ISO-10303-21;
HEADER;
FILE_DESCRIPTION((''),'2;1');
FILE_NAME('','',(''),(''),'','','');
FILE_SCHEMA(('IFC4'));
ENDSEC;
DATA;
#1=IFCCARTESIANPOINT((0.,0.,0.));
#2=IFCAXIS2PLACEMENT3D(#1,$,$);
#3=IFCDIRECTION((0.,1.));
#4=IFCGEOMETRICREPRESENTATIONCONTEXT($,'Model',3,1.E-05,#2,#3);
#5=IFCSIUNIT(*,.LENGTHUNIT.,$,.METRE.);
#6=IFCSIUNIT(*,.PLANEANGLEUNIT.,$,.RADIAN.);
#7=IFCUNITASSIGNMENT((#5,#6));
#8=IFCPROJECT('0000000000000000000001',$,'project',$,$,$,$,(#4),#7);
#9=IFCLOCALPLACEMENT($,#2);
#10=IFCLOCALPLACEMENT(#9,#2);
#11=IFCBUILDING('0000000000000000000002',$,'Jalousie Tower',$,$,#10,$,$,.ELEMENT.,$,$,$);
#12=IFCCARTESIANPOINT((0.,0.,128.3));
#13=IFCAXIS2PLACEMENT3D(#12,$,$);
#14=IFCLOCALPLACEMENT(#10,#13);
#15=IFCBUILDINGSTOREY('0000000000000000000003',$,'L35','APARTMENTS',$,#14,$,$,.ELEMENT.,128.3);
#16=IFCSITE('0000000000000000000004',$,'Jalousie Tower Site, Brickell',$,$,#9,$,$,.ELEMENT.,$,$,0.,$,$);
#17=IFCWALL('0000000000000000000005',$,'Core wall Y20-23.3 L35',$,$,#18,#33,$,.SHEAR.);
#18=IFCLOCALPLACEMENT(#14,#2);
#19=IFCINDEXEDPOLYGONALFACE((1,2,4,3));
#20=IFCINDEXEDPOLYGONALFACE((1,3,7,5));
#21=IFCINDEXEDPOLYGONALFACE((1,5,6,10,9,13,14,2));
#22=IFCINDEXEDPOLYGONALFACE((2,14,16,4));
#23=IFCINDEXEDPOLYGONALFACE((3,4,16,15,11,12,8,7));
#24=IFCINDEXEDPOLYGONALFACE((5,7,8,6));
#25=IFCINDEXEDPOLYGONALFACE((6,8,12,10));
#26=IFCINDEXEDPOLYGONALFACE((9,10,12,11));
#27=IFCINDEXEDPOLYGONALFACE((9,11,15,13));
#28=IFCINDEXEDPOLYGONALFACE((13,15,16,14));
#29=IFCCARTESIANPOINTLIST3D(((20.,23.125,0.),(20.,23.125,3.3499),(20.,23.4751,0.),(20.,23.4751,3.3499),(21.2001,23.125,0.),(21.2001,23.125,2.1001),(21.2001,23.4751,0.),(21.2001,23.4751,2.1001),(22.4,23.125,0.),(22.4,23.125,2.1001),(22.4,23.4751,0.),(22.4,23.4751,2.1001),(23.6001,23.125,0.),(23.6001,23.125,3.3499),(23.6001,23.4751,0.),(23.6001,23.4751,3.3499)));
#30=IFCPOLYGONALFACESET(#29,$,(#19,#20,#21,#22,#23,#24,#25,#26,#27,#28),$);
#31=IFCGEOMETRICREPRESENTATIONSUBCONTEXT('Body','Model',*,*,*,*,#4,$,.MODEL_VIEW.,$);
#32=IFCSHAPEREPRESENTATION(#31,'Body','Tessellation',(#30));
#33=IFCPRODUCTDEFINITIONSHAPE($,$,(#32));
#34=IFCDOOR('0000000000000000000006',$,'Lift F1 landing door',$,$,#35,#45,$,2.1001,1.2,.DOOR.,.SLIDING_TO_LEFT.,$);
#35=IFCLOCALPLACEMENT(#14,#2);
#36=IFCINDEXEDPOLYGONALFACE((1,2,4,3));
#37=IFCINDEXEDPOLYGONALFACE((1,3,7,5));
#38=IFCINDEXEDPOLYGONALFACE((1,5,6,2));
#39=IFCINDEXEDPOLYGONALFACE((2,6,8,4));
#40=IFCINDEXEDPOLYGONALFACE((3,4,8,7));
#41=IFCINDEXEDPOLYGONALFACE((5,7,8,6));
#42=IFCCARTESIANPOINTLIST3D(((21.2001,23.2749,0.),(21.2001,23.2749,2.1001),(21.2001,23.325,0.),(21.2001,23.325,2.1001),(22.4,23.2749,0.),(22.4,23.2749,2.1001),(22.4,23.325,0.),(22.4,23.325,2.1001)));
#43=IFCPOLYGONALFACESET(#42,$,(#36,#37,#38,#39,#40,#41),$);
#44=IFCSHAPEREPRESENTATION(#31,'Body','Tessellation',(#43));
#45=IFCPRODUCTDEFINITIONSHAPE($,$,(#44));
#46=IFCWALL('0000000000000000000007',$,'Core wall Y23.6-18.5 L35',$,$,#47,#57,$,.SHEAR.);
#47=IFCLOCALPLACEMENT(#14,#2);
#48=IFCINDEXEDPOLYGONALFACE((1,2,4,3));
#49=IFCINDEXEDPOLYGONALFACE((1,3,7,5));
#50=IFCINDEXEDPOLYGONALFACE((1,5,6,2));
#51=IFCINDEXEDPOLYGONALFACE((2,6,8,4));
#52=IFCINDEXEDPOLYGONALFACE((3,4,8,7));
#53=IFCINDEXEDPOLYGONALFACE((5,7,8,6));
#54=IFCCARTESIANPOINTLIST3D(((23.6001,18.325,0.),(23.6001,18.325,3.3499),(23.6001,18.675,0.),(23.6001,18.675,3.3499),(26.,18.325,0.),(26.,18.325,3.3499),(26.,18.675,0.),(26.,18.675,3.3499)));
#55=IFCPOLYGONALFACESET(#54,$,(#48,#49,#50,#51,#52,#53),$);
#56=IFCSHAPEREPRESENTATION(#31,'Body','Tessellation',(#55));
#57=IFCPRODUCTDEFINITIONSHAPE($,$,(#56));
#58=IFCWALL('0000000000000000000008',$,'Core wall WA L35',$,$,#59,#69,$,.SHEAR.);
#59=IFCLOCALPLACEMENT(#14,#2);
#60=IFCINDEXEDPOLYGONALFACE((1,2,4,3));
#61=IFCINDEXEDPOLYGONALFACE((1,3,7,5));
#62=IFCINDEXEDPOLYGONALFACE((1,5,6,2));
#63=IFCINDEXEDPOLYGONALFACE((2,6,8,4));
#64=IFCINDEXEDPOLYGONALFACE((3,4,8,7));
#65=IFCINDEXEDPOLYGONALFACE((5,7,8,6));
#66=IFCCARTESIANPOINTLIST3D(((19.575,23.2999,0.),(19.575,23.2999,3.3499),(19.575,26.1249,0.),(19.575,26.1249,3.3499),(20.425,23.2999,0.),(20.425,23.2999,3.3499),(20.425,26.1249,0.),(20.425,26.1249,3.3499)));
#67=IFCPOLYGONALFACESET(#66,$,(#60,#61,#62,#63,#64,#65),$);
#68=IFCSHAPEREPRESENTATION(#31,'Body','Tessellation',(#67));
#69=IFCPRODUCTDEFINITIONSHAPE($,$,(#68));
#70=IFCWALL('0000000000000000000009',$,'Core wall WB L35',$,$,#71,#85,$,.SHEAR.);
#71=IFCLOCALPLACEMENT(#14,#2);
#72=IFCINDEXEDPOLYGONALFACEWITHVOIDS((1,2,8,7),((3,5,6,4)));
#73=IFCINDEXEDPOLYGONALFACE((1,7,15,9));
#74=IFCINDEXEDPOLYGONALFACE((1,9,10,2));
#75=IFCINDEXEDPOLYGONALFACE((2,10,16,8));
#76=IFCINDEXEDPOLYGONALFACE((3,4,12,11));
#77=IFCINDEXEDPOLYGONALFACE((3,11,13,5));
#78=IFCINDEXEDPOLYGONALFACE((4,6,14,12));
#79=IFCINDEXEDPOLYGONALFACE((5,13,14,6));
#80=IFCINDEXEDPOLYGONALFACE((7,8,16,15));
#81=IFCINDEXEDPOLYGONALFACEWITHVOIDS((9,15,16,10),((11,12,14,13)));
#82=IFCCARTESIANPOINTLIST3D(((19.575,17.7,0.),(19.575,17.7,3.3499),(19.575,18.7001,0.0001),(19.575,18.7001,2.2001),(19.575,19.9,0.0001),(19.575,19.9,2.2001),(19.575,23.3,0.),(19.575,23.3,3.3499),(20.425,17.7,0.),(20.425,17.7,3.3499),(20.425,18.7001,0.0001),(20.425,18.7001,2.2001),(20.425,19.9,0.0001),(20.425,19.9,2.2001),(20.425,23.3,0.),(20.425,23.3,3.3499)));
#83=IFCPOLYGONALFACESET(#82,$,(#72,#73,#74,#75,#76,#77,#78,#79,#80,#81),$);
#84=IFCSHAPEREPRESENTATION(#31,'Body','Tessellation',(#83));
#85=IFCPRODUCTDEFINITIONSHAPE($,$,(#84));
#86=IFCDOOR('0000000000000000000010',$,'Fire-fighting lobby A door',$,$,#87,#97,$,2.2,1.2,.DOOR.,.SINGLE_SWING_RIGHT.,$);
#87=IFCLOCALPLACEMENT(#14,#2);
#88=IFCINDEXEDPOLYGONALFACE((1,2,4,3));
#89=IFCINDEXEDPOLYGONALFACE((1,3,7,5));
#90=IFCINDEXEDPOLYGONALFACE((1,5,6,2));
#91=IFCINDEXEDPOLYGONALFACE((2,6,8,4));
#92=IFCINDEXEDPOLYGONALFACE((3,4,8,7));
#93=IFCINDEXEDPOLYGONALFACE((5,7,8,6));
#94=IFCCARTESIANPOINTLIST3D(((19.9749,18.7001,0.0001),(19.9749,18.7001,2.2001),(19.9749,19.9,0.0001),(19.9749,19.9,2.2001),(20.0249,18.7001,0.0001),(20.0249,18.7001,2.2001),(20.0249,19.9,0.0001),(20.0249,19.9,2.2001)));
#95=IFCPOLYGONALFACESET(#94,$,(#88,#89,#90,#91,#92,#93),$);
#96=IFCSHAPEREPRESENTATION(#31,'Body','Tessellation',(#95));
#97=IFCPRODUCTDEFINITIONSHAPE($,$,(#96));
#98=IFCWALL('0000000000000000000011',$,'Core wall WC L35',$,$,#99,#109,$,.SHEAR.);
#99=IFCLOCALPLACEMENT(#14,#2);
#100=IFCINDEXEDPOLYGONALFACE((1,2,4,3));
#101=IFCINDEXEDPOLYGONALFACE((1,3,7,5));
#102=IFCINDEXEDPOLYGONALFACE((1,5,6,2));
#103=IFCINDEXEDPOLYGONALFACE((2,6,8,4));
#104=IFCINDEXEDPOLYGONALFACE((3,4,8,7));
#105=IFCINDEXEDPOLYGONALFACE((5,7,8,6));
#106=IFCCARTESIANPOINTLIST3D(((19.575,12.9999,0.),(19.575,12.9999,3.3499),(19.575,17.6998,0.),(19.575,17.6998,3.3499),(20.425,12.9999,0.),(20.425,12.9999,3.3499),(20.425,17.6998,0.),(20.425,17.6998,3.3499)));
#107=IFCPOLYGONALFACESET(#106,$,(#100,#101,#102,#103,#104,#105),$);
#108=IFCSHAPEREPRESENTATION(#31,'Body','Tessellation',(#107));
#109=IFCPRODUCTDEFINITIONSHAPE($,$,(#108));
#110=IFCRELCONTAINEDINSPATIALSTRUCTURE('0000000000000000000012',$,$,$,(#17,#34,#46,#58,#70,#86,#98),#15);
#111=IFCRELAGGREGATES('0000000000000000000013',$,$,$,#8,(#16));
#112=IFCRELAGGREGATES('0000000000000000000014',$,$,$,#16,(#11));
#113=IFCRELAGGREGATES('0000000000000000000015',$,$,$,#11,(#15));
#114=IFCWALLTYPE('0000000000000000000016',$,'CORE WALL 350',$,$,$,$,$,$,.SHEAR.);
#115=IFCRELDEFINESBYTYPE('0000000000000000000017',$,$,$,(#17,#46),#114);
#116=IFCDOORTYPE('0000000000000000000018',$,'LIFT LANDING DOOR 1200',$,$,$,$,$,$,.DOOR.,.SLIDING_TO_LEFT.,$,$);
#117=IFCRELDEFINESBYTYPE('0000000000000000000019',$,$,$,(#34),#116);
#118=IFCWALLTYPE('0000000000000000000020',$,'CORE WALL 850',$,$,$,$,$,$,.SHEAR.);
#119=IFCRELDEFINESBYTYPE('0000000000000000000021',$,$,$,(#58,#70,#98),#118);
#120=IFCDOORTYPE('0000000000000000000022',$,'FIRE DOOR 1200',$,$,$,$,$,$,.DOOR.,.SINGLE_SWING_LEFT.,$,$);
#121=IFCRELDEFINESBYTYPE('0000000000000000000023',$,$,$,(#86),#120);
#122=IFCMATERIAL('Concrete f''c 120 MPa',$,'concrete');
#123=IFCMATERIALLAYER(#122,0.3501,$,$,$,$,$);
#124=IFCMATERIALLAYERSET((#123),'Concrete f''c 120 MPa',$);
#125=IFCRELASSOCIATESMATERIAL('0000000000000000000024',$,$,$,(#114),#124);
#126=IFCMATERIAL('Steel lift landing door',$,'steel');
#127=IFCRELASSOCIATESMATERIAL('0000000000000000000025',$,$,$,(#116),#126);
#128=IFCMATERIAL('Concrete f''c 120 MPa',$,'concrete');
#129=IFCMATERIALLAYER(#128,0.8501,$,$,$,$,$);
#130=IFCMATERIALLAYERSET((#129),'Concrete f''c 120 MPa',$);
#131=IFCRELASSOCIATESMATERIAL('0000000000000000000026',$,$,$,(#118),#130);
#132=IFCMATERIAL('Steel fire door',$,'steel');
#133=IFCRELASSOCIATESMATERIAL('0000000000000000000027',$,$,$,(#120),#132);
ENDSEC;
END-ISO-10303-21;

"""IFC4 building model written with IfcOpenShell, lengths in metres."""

from ifc_helpers import new_model, si_unit, direction, frame, frame_2d, origin, place, context, subcontext, project, spatial, rectangle, extrude, material, layer, layer_set, type_object, element, fill, save


model = new_model("IFC4")

# Units and contexts
model_context = context("Model", 3, precision=1e-05, world=origin(), true_north=direction((0.0, 1.0)))
body_context = subcontext(model_context, "Body", "Model", "MODEL_VIEW")
ifc_project = project(units=[si_unit("LENGTHUNIT", "METRE"), si_unit("PLANEANGLEUNIT", "RADIAN")], contexts=[model_context])

# Site, building, storey
site_placement = place(None, origin())
site = spatial("IfcSite", under=ifc_project, at=site_placement, Name="Jalousie Tower Site, Brickell", CompositionType="ELEMENT", RefElevation=0.0)
building_placement = place(site_placement, origin())
building = spatial("IfcBuilding", under=site, at=building_placement, Name="Jalousie Tower", CompositionType="ELEMENT")
storey_placement = place(building_placement, frame((0.0, 0.0, 128.3)))
storey = spatial("IfcBuildingStorey", under=building, at=storey_placement, Name="L35", Description="APARTMENTS", CompositionType="ELEMENT", Elevation=128.3)

# Shared definitions
ifc_material_1 = material(Name="Concrete f'c 120 MPa", Category="concrete")
ifc_layer_1 = layer(ifc_material_1, 0.3501)
ifc_layer_set_1 = layer_set([ifc_layer_1], Name="Concrete f'c 120 MPa")
wall_type_1 = type_object("IfcWallType", Name="CORE WALL 350", PredefinedType="SHEAR", material=ifc_layer_set_1)

# Wall, opening, door
wall_1_placement = place(storey_placement, frame((20.0, 23.3, 0.0), z_axis=(0.0, 0.0, 1.0), x_axis=(1.0, 0.0, 0.0)))
wall_1 = element("IfcWall", 1, at=wall_1_placement, inside=storey, type_object=wall_type_1, Name="Core wall Y20-23.3 L35", PredefinedType="SHEAR", context=body_context, shape_type="SweptSolid", body=[
    extrude(rectangle(XDim=3.6001, YDim=0.3501, at=frame_2d((1.8, 0.0))), origin(), (0.0, 0.0, 1.0), 3.3499),
])
opening_1_placement = place(wall_1_placement, frame((1.2, 0.0, 0.0)))
opening_1 = element("IfcOpeningElement", 2, at=opening_1_placement, cuts=wall_1, PredefinedType="OPENING", context=body_context, shape_type="SweptSolid", body=[
    extrude(rectangle(XDim=1.2, YDim=2.1001, at=frame_2d((0.6001, 1.05))), frame((0.0, 0.1851, 0.0), z_axis=(0.0, -1.0, 0.0), x_axis=(1.0, 0.0, 0.0)), (0.0, 0.0, 1.0), 0.3701),
])
ifc_material_2 = material(Name="Steel lift landing door", Category="steel")
door_type_1 = type_object("IfcDoorType", Name="LIFT LANDING DOOR 1200", OperationType="SLIDING_TO_LEFT", PredefinedType="DOOR", material=ifc_material_2)
door_1_placement = place(opening_1_placement, origin())
door_1 = element("IfcDoor", 3, at=door_1_placement, inside=storey, type_object=door_type_1, Name="Lift F1 landing door", OperationType="SLIDING_TO_LEFT", OverallHeight=2.1001, OverallWidth=1.2, PredefinedType="DOOR", context=body_context, shape_type="SweptSolid", body=[
    extrude(rectangle(XDim=1.2, YDim=2.1001, at=frame_2d((0.6001, 1.05))), frame((0.0, 0.0249, 0.0), z_axis=(0.0, -1.0, 0.0), x_axis=(1.0, 0.0, 0.0)), (0.0, 0.0, 1.0), 0.05),
])
fill(opening_1, door_1)

# Walls
wall_2_placement = place(storey_placement, frame((23.6001, 18.5, 0.0), z_axis=(0.0, 0.0, 1.0), x_axis=(1.0, 0.0, 0.0)))
element("IfcWall", 4, at=wall_2_placement, inside=storey, type_object=wall_type_1, Name="Core wall Y23.6-18.5 L35", PredefinedType="SHEAR", context=body_context, shape_type="SweptSolid", body=[
    extrude(rectangle(XDim=2.3999, YDim=0.3501, at=frame_2d((1.2, 0.0))), origin(), (0.0, 0.0, 1.0), 3.3499),
])
ifc_material_3 = material(Name="Concrete f'c 120 MPa", Category="concrete")
ifc_layer_2 = layer(ifc_material_3, 0.8501)
ifc_layer_set_2 = layer_set([ifc_layer_2], Name="Concrete f'c 120 MPa")
wall_type_2 = type_object("IfcWallType", Name="CORE WALL 850", PredefinedType="SHEAR", material=ifc_layer_set_2)
wall_3_placement = place(storey_placement, frame((20.0, 26.125, 0.0), z_axis=(0.0, 0.0, 1.0), x_axis=(0.0, -1.0, 0.0)))
element("IfcWall", 5, at=wall_3_placement, inside=storey, type_object=wall_type_2, Name="Core wall WA L35", PredefinedType="SHEAR", context=body_context, shape_type="SweptSolid", body=[
    extrude(rectangle(XDim=2.825, YDim=0.8501, at=frame_2d((1.4126, 0.0))), origin(), (0.0, 0.0, 1.0), 3.3499),
])

# Wall, opening, door
wall_4_placement = place(storey_placement, frame((20.0, 23.3, 0.0), z_axis=(0.0, 0.0, 1.0), x_axis=(0.0, -1.0, 0.0)))
wall_4 = element("IfcWall", 6, at=wall_4_placement, inside=storey, type_object=wall_type_2, Name="Core wall WB L35", PredefinedType="SHEAR", context=body_context, shape_type="SweptSolid", body=[
    extrude(rectangle(XDim=5.6001, YDim=0.8501, at=frame_2d((2.8, 0.0))), origin(), (0.0, 0.0, 1.0), 3.3499),
])
opening_2_placement = place(wall_4_placement, frame((3.3999, 0.0, 0.0)))
opening_2 = element("IfcOpeningElement", 7, at=opening_2_placement, cuts=wall_4, PredefinedType="OPENING", context=body_context, shape_type="SweptSolid", body=[
    extrude(rectangle(XDim=1.2, YDim=2.2, at=frame_2d((0.6001, 1.1001))), frame((0.0, 0.4351, 0.0), z_axis=(0.0, -1.0, 0.0), x_axis=(1.0, 0.0, 0.0)), (0.0, 0.0, 1.0), 0.8701),
])
ifc_material_4 = material(Name="Steel fire door", Category="steel")
door_type_2 = type_object("IfcDoorType", Name="FIRE DOOR 1200", OperationType="SINGLE_SWING_LEFT", PredefinedType="DOOR", material=ifc_material_4)
door_2_placement = place(opening_2_placement, origin())
door_2 = element("IfcDoor", 8, at=door_2_placement, inside=storey, type_object=door_type_2, Name="Fire-fighting lobby A door", OperationType="SINGLE_SWING_RIGHT", OverallHeight=2.2, OverallWidth=1.2, PredefinedType="DOOR", context=body_context, shape_type="SweptSolid", body=[
    extrude(rectangle(XDim=1.2, YDim=2.2, at=frame_2d((0.6001, 1.1001))), frame((0.0, 0.0249, 0.0), z_axis=(0.0, -1.0, 0.0), x_axis=(1.0, 0.0, 0.0)), (0.0, 0.0, 1.0), 0.05),
])
fill(opening_2, door_2)

# Wall
wall_5_placement = place(storey_placement, frame((20.0, 17.7, 0.0), z_axis=(0.0, 0.0, 1.0), x_axis=(0.0, -1.0, 0.0)))
element("IfcWall", 9, at=wall_5_placement, inside=storey, type_object=wall_type_2, Name="Core wall WC L35", PredefinedType="SHEAR", context=body_context, shape_type="SweptSolid", body=[
    extrude(rectangle(XDim=4.7, YDim=0.8501, at=frame_2d((2.3501, 0.0))), origin(), (0.0, 0.0, 1.0), 3.3499),
])

save(model, "model.ifc")
